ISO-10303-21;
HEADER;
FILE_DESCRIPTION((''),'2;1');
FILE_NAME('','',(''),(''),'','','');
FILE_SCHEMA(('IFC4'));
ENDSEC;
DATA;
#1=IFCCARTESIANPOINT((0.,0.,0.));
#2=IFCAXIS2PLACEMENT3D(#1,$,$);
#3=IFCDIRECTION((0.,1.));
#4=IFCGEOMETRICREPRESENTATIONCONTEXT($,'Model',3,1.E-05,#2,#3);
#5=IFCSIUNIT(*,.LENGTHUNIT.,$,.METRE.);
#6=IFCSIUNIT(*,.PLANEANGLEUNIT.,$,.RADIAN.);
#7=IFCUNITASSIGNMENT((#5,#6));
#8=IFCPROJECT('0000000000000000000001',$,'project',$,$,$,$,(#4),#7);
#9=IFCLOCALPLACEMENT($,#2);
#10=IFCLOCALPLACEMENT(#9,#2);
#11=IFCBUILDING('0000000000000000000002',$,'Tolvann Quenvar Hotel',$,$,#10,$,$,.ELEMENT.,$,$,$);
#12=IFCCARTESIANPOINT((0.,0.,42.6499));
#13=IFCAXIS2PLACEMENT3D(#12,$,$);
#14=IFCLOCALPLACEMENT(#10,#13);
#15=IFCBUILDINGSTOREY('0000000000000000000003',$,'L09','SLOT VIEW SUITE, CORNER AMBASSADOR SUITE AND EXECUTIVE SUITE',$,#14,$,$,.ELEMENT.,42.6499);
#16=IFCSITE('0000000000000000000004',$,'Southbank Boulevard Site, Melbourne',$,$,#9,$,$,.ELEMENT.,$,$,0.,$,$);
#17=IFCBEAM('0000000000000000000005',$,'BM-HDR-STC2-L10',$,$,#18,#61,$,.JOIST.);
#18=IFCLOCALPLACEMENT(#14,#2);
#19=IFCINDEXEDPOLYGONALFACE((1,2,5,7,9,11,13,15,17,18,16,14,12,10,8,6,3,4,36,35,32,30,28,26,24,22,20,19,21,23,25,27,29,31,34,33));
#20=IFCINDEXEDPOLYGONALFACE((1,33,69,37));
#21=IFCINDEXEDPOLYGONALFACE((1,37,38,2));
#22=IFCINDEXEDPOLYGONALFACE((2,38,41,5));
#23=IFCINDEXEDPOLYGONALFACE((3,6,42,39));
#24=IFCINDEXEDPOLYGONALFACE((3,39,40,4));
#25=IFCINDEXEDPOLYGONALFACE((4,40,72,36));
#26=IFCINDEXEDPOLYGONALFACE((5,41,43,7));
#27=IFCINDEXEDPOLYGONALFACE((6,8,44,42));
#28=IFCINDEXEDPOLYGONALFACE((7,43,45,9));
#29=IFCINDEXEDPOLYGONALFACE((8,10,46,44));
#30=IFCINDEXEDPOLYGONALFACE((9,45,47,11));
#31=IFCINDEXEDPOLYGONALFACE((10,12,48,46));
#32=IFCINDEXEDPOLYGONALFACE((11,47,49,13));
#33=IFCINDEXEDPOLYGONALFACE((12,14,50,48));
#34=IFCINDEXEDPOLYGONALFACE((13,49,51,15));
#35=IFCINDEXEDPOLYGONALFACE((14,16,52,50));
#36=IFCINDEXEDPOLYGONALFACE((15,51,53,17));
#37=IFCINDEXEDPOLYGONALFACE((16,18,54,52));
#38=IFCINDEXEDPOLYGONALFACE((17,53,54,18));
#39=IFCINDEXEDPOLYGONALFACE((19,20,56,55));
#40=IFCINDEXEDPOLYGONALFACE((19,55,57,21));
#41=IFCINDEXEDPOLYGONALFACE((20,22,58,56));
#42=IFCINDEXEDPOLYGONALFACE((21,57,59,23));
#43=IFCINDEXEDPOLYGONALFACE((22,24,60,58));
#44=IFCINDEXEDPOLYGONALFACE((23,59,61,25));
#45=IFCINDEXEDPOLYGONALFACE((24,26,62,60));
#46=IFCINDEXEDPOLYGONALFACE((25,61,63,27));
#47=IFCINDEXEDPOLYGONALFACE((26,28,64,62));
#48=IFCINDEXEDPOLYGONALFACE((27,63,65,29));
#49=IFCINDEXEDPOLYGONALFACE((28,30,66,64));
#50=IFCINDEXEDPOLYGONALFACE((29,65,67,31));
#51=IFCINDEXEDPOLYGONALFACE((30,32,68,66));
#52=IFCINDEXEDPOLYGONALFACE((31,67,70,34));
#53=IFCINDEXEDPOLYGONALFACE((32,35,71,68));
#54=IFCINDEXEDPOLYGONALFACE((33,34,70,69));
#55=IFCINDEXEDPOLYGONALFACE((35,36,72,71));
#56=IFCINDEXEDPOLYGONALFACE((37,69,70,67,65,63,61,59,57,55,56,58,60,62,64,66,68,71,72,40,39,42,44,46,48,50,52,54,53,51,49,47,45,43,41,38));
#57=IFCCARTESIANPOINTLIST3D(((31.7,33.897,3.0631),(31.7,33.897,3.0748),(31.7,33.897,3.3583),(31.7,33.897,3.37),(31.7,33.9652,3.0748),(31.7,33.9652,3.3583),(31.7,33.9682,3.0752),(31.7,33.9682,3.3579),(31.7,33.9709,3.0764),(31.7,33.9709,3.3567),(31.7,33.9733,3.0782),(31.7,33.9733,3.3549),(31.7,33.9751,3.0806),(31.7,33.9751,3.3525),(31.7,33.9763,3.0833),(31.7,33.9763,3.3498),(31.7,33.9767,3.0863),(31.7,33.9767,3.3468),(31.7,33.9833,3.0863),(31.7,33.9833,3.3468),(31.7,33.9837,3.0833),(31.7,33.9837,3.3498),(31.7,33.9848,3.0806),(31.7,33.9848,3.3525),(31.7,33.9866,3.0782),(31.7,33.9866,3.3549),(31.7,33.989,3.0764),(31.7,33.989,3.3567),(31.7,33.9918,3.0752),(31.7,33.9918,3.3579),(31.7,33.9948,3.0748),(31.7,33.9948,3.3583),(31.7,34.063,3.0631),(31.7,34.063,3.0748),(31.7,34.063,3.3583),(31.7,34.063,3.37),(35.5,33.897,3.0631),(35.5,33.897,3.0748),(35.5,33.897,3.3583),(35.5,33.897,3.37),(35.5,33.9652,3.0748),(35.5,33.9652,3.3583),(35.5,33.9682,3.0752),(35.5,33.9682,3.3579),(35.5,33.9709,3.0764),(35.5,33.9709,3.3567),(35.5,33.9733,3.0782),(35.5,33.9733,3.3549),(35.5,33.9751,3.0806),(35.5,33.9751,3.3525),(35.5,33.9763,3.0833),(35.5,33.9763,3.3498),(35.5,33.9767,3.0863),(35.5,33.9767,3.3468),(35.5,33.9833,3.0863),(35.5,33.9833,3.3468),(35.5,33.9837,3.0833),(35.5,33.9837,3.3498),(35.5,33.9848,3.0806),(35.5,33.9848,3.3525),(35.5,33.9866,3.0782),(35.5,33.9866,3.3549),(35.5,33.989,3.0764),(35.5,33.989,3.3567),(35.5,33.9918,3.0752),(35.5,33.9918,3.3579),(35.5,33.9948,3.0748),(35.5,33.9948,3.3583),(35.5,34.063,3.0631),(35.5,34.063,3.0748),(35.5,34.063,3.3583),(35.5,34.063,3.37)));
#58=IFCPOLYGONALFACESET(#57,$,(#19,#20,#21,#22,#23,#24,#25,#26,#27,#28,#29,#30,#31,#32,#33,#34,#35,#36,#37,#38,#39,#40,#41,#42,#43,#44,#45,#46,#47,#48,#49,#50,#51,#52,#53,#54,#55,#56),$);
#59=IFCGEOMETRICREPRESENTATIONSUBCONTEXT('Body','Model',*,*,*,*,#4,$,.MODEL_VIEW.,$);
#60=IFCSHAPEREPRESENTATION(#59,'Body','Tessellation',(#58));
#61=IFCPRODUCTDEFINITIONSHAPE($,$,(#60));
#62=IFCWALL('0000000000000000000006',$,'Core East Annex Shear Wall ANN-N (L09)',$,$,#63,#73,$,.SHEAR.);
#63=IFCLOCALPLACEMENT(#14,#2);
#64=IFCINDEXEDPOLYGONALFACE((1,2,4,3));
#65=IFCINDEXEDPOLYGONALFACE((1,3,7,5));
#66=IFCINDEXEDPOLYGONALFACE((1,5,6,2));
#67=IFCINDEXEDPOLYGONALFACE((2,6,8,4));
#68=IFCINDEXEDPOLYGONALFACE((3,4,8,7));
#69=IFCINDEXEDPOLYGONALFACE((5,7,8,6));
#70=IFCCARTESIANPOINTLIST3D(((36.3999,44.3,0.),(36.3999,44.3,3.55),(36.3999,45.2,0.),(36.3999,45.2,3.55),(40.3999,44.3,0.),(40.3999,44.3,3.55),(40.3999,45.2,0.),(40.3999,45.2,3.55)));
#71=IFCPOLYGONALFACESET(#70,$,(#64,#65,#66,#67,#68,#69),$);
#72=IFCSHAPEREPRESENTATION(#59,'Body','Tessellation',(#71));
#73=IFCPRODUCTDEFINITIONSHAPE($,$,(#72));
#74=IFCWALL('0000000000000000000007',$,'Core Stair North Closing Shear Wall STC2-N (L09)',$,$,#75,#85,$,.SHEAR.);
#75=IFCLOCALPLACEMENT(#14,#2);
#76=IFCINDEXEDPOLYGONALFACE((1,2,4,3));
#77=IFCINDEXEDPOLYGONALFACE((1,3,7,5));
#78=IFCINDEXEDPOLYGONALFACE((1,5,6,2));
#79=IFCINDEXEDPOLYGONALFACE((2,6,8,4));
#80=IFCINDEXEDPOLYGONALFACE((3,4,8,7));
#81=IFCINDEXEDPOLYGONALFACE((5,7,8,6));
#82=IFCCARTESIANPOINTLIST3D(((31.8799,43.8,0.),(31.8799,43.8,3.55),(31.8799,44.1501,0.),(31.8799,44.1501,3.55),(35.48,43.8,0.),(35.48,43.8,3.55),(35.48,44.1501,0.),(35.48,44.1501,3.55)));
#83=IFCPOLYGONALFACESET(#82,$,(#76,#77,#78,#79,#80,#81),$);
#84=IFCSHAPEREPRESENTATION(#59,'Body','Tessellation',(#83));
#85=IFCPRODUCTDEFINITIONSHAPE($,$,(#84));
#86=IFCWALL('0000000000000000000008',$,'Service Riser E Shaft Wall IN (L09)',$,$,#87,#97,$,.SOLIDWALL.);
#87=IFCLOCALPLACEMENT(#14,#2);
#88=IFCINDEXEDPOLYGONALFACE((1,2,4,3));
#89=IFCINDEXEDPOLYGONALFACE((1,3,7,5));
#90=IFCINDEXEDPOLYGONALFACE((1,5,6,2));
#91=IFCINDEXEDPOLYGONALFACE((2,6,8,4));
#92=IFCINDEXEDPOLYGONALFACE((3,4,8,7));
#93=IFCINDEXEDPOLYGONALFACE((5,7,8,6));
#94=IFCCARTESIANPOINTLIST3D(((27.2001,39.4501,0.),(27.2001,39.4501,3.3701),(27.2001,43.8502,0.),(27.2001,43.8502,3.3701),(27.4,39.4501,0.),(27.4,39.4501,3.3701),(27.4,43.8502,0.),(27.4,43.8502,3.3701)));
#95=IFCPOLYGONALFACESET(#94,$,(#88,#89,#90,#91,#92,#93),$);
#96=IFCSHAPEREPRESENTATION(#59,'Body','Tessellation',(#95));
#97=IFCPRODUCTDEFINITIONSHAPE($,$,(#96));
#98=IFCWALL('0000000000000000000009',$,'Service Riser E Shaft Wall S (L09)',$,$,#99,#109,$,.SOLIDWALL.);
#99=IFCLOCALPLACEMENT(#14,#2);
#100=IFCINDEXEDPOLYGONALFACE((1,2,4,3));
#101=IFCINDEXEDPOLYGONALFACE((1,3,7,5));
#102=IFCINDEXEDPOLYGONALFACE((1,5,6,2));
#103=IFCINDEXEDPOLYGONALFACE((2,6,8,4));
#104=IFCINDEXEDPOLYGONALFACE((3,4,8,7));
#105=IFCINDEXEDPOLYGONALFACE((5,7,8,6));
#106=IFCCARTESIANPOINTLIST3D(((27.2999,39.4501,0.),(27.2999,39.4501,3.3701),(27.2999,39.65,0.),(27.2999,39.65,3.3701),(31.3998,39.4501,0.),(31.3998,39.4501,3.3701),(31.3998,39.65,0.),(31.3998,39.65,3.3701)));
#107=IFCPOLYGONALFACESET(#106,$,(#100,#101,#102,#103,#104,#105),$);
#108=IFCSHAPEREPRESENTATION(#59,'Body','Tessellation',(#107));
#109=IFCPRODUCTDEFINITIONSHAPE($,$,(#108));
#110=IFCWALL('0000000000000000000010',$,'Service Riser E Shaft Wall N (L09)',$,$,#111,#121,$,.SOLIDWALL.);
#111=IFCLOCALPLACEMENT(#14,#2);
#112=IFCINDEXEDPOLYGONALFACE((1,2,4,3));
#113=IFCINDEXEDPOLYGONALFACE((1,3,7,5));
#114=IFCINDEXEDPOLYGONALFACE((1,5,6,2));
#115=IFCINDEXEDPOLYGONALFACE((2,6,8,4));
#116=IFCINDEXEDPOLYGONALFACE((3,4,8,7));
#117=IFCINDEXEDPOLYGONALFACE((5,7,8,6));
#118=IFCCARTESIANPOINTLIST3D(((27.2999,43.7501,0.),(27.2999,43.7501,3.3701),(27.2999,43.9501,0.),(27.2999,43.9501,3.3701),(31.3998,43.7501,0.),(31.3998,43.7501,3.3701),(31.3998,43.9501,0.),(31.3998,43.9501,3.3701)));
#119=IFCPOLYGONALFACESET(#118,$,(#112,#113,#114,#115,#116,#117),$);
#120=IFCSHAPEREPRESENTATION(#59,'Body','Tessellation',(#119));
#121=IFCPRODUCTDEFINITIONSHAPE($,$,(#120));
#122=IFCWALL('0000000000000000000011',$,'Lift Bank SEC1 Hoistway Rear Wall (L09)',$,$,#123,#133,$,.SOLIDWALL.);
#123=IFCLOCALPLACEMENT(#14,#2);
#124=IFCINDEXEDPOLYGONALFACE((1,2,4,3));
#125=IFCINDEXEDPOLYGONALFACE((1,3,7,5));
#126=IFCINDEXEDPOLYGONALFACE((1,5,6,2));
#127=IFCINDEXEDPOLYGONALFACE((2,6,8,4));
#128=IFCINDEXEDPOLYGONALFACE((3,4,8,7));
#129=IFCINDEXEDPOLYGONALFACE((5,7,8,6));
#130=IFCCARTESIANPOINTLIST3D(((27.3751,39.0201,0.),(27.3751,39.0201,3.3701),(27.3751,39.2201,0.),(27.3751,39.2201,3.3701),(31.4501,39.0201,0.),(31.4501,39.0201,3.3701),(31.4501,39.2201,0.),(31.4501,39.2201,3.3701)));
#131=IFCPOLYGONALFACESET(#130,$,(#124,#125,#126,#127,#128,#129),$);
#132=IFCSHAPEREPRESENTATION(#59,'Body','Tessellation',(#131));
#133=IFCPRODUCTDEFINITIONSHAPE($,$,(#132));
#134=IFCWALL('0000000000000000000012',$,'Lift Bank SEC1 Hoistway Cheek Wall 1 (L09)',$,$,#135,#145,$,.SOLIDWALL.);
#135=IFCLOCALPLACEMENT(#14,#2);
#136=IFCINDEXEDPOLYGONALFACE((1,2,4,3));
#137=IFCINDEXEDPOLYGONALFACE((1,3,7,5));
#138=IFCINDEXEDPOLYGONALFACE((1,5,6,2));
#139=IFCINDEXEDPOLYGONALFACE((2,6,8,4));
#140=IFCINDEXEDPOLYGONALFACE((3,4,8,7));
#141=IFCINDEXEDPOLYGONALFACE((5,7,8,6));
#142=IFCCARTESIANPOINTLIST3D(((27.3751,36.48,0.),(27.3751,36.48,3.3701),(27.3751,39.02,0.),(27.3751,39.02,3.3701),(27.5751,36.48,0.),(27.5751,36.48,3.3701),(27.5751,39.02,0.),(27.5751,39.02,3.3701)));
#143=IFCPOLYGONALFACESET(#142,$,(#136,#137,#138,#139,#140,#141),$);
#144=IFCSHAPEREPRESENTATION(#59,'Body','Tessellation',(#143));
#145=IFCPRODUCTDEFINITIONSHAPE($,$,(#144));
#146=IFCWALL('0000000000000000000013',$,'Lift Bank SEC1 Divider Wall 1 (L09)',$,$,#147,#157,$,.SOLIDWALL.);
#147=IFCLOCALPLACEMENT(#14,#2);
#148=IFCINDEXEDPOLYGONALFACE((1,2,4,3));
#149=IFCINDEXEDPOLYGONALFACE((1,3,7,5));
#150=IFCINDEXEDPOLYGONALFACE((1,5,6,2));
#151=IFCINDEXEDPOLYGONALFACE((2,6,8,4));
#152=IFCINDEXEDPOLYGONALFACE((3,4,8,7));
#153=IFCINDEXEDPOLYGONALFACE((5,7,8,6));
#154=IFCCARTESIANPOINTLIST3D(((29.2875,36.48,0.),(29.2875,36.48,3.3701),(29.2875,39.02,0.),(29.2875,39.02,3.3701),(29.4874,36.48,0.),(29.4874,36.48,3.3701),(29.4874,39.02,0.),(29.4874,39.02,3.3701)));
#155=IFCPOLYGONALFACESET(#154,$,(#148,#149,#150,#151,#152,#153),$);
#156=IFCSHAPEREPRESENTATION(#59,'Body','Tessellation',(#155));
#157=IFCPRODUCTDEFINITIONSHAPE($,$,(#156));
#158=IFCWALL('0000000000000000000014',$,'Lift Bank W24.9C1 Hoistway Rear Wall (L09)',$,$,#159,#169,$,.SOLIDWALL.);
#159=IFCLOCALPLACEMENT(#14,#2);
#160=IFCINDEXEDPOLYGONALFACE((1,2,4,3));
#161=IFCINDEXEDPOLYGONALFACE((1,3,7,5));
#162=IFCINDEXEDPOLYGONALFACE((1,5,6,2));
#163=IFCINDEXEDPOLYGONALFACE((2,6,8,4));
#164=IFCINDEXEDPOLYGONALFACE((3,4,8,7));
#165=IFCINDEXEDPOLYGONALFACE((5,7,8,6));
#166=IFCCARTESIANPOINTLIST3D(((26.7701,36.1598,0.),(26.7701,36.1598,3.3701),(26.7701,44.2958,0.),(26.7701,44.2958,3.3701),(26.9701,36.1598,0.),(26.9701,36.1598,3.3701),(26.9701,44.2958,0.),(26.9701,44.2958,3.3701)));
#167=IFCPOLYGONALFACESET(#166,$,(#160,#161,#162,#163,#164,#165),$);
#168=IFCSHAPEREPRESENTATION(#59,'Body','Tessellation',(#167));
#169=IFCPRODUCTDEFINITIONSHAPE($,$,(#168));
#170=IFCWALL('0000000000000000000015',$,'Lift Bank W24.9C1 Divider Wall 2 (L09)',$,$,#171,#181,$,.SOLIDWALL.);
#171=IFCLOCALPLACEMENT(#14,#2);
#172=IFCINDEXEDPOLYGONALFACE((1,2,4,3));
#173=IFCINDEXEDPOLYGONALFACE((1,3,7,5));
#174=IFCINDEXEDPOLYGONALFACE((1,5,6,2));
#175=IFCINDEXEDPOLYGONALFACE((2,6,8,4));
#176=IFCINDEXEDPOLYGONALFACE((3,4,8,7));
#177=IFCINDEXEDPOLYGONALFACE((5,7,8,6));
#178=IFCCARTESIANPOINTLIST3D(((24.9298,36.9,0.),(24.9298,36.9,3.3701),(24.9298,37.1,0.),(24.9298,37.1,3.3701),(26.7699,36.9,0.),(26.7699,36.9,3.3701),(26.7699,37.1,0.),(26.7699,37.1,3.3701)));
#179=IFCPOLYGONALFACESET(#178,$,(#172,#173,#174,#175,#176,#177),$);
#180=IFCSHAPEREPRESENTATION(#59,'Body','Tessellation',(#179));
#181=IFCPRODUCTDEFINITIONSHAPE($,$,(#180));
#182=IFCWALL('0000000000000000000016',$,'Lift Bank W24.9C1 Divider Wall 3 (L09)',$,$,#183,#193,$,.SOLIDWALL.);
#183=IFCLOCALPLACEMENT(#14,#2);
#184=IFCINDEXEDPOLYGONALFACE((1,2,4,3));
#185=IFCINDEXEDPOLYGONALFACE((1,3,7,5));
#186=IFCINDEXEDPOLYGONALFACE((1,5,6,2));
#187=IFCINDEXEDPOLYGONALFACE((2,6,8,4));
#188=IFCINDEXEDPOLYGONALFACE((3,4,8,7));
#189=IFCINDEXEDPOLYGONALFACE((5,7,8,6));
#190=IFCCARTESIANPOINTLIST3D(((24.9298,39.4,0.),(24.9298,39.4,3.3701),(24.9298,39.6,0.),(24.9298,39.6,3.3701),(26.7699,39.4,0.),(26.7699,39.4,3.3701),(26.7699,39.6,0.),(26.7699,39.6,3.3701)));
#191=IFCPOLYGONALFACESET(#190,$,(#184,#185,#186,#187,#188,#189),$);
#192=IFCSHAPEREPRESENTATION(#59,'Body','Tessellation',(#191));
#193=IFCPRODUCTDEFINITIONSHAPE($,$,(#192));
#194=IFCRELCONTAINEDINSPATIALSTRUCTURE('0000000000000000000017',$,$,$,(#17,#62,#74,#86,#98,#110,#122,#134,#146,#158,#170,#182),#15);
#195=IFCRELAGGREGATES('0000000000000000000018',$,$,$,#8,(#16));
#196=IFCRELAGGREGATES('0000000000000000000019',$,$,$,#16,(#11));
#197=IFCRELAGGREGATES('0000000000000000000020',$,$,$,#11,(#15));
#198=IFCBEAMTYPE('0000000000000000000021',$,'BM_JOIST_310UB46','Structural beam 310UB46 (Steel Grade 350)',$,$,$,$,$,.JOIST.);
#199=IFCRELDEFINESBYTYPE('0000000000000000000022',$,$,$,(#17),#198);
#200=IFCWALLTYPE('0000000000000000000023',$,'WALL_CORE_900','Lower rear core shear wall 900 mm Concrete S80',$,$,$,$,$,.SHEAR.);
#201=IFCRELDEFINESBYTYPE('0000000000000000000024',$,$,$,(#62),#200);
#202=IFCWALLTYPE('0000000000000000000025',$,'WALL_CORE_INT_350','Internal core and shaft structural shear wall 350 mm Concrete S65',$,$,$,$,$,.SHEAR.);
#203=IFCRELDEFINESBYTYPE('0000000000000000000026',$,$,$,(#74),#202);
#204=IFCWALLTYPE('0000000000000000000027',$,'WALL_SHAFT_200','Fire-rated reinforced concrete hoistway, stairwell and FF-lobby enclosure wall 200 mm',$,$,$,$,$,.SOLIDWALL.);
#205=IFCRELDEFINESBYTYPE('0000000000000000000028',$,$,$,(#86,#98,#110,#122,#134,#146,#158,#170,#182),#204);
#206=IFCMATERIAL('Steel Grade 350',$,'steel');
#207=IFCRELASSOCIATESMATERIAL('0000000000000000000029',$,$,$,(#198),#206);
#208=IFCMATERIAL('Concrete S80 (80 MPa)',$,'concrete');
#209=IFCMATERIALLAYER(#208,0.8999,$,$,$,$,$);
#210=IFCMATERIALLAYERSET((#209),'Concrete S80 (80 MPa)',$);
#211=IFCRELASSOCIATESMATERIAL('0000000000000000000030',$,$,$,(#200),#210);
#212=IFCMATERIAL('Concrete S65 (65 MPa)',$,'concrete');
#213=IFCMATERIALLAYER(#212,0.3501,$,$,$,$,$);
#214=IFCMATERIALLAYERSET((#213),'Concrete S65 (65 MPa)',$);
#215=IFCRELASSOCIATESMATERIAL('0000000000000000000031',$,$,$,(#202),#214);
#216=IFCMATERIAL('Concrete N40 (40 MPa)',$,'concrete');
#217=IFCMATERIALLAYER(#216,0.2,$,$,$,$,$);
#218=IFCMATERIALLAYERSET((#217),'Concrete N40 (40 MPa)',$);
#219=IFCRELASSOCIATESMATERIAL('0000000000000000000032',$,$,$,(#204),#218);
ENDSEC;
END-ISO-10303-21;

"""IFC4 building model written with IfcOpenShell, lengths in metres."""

from ifc_helpers import new_model, si_unit, direction, frame, frame_2d, origin, origin_2d, place, context, subcontext, project, spatial, rectangle, i_section, extrude, source, transform, mapped, material, layer, layer_set, material_profile, profile_set, type_object, type_shapes, element, save


model = new_model("IFC4")

# Units and contexts
model_context = context("Model", 3, precision=1e-05, world=origin(), true_north=direction((0.0, 1.0)))
body_context = subcontext(model_context, "Body", "Model", "MODEL_VIEW")
ifc_project = project(units=[si_unit("LENGTHUNIT", "METRE"), si_unit("PLANEANGLEUNIT", "RADIAN")], contexts=[model_context])

# Site, building, storey
site_placement = place(None, origin())
site = spatial("IfcSite", under=ifc_project, at=site_placement, Name="Southbank Boulevard Site, Melbourne", CompositionType="ELEMENT", RefElevation=0.0)
building_placement = place(site_placement, origin())
building = spatial("IfcBuilding", under=site, at=building_placement, Name="Tolvann Quenvar Hotel", CompositionType="ELEMENT")
storey_placement = place(building_placement, frame((0.0, 0.0, 42.6499)))
storey = spatial("IfcBuildingStorey", under=building, at=storey_placement, Name="L09", Description="SLOT VIEW SUITE, CORNER AMBASSADOR SUITE AND EXECUTIVE SUITE", CompositionType="ELEMENT", Elevation=42.6499)

# Beam
ifc_material_1 = material(Name="Steel Grade 350", Category="steel")
ifc_material_profile = material_profile(ifc_material_1, i_section(OverallWidth=0.166, OverallDepth=0.3069, WebThickness=0.0066, FlangeThickness=0.0117, FilletRadius=0.0115, at=origin_2d()), Name="310UB46")
ifc_profile_set = profile_set([ifc_material_profile], Name="Steel Grade 350")
beam_type = type_object("IfcBeamType", Name="BM_JOIST_310UB46", Description="Structural beam 310UB46 (Steel Grade 350)", PredefinedType="JOIST", material=ifc_profile_set)
shared_shape_1 = source(origin(), body_context, "Body", "SweptSolid", [
    extrude(i_section(OverallWidth=0.166, OverallDepth=0.3069, WebThickness=0.0066, FlangeThickness=0.0117, FilletRadius=0.0115, at=origin_2d()), origin(), (0.0, 0.0, 1.0), 3.8),
])
type_shapes(beam_type, [shared_shape_1])
beam_placement = place(storey_placement, frame((31.7, 33.98, 3.2166), z_axis=(1.0, 0.0, 0.0), x_axis=(0.0, 1.0, 0.0)))
element("IfcBeam", 1, at=beam_placement, inside=storey, type_object=beam_type, Name="BM-HDR-STC2-L10", PredefinedType="JOIST", context=body_context, shape_type="MappedRepresentation", body=[
    mapped(shared_shape_1, transform((0.0, 0.0, 0.0), x_axis=(1.0, 0.0, 0.0), y_axis=(0.0, 1.0, 0.0), z_axis=(0.0, 0.0, 1.0), scale=1.0)),
])

# Walls
ifc_material_2 = material(Name="Concrete S80 (80 MPa)", Category="concrete")
ifc_layer_1 = layer(ifc_material_2, 0.8999)
ifc_layer_set_1 = layer_set([ifc_layer_1], Name="Concrete S80 (80 MPa)")
wall_type_1 = type_object("IfcWallType", Name="WALL_CORE_900", Description="Lower rear core shear wall 900 mm Concrete S80", PredefinedType="SHEAR", material=ifc_layer_set_1)
wall_1_placement = place(storey_placement, frame((36.3999, 44.75, 0.0), z_axis=(0.0, 0.0, 1.0), x_axis=(1.0, 0.0, 0.0)))
element("IfcWall", 2, at=wall_1_placement, inside=storey, type_object=wall_type_1, Name="Core East Annex Shear Wall ANN-N (L09)", PredefinedType="SHEAR", context=body_context, shape_type="SweptSolid", body=[
    extrude(rectangle(XDim=4.0, YDim=0.8999, at=frame_2d((2.0, 0.0))), origin(), (0.0, 0.0, 1.0), 3.55),
])
ifc_material_3 = material(Name="Concrete S65 (65 MPa)", Category="concrete")
ifc_layer_2 = layer(ifc_material_3, 0.3501)
ifc_layer_set_2 = layer_set([ifc_layer_2], Name="Concrete S65 (65 MPa)")
wall_type_2 = type_object("IfcWallType", Name="WALL_CORE_INT_350", Description="Internal core and shaft structural shear wall 350 mm Concrete S65", PredefinedType="SHEAR", material=ifc_layer_set_2)
wall_2_placement = place(storey_placement, frame((31.8799, 43.9751, 0.0), z_axis=(0.0, 0.0, 1.0), x_axis=(1.0, 0.0, 0.0)))
element("IfcWall", 3, at=wall_2_placement, inside=storey, type_object=wall_type_2, Name="Core Stair North Closing Shear Wall STC2-N (L09)", PredefinedType="SHEAR", context=body_context, shape_type="SweptSolid", body=[
    extrude(rectangle(XDim=3.6001, YDim=0.3501, at=frame_2d((1.8, 0.0))), origin(), (0.0, 0.0, 1.0), 3.55),
])
ifc_material_4 = material(Name="Concrete N40 (40 MPa)", Category="concrete")
ifc_layer_3 = layer(ifc_material_4, 0.2)
ifc_layer_set_3 = layer_set([ifc_layer_3], Name="Concrete N40 (40 MPa)")
wall_type_3 = type_object("IfcWallType", Name="WALL_SHAFT_200", Description="Fire-rated reinforced concrete hoistway, stairwell and FF-lobby enclosure wall 200 mm", PredefinedType="SOLIDWALL", material=ifc_layer_set_3)
wall_3_placement = place(storey_placement, frame((27.3, 39.45, 0.0), z_axis=(0.0, 0.0, 1.0), x_axis=(0.0, 1.0, 0.0)))
element("IfcWall", 4, at=wall_3_placement, inside=storey, type_object=wall_type_3, Name="Service Riser E Shaft Wall IN (L09)", PredefinedType="SOLIDWALL", context=body_context, shape_type="SweptSolid", body=[
    extrude(rectangle(XDim=4.4001, YDim=0.2, at=frame_2d((2.2002, 0.0))), origin(), (0.0, 0.0, 1.0), 3.3701),
])
for number, where, z_axis, x_axis, name in (
    (5, (27.3, 39.55, 0.0), (0.0, 0.0, 1.0), (1.0, 0.0, 0.0), "Service Riser E Shaft Wall S (L09)"),
    (6, (27.3, 43.8501, 0.0), (0.0, 0.0, 1.0), (1.0, 0.0, 0.0), "Service Riser E Shaft Wall N (L09)"),
):
    element("IfcWall", number, at=place(storey_placement, frame(where, z_axis=z_axis, x_axis=x_axis)), inside=storey, type_object=wall_type_3, Name=name, PredefinedType="SOLIDWALL", context=body_context, shape_type="SweptSolid", body=[
        extrude(rectangle(XDim=4.0999, YDim=0.2, at=frame_2d((2.0498, 0.0))), origin(), (0.0, 0.0, 1.0), 3.3701),
    ])

# Walls
wall_4_placement = place(storey_placement, frame((27.375, 39.1201, 0.0), z_axis=(0.0, 0.0, 1.0), x_axis=(1.0, 0.0, 0.0)))
element("IfcWall", 7, at=wall_4_placement, inside=storey, type_object=wall_type_3, Name="Lift Bank SEC1 Hoistway Rear Wall (L09)", PredefinedType="SOLIDWALL", context=body_context, shape_type="SweptSolid", body=[
    extrude(rectangle(XDim=4.075, YDim=0.2, at=frame_2d((2.0376, 0.0))), origin(), (0.0, 0.0, 1.0), 3.3701),
])
for number, where, z_axis, x_axis, name in (
    (8, (27.4751, 36.48, 0.0), (0.0, 0.0, 1.0), (0.0, 1.0, 0.0), "Lift Bank SEC1 Hoistway Cheek Wall 1 (L09)"),
    (9, (29.3875, 36.48, 0.0), (0.0, 0.0, 1.0), (0.0, 1.0, 0.0), "Lift Bank SEC1 Divider Wall 1 (L09)"),
):
    element("IfcWall", number, at=place(storey_placement, frame(where, z_axis=z_axis, x_axis=x_axis)), inside=storey, type_object=wall_type_3, Name=name, PredefinedType="SOLIDWALL", context=body_context, shape_type="SweptSolid", body=[
        extrude(rectangle(XDim=2.54, YDim=0.2, at=frame_2d((1.27, 0.0))), origin(), (0.0, 0.0, 1.0), 3.3701),
    ])
wall_5_placement = place(storey_placement, frame((26.8701, 36.1599, 0.0), z_axis=(0.0, 0.0, 1.0), x_axis=(0.0, 1.0, 0.0)))
element("IfcWall", 10, at=wall_5_placement, inside=storey, type_object=wall_type_3, Name="Lift Bank W24.9C1 Hoistway Rear Wall (L09)", PredefinedType="SOLIDWALL", context=body_context, shape_type="SweptSolid", body=[
    extrude(rectangle(XDim=8.136, YDim=0.2, at=frame_2d((4.0679, 0.0))), origin(), (0.0, 0.0, 1.0), 3.3701),
])
for number, where, z_axis, x_axis, name in (
    (11, (24.9299, 37.0, 0.0), (0.0, 0.0, 1.0), (1.0, 0.0, 0.0), "Lift Bank W24.9C1 Divider Wall 2 (L09)"),
    (12, (24.9299, 39.5, 0.0), (0.0, 0.0, 1.0), (1.0, 0.0, 0.0), "Lift Bank W24.9C1 Divider Wall 3 (L09)"),
):
    element("IfcWall", number, at=place(storey_placement, frame(where, z_axis=z_axis, x_axis=x_axis)), inside=storey, type_object=wall_type_3, Name=name, PredefinedType="SOLIDWALL", context=body_context, shape_type="SweptSolid", body=[
        extrude(rectangle(XDim=1.8401, YDim=0.2, at=frame_2d((0.9199, 0.0))), origin(), (0.0, 0.0, 1.0), 3.3701),
    ])

save(model, "model.ifc")
